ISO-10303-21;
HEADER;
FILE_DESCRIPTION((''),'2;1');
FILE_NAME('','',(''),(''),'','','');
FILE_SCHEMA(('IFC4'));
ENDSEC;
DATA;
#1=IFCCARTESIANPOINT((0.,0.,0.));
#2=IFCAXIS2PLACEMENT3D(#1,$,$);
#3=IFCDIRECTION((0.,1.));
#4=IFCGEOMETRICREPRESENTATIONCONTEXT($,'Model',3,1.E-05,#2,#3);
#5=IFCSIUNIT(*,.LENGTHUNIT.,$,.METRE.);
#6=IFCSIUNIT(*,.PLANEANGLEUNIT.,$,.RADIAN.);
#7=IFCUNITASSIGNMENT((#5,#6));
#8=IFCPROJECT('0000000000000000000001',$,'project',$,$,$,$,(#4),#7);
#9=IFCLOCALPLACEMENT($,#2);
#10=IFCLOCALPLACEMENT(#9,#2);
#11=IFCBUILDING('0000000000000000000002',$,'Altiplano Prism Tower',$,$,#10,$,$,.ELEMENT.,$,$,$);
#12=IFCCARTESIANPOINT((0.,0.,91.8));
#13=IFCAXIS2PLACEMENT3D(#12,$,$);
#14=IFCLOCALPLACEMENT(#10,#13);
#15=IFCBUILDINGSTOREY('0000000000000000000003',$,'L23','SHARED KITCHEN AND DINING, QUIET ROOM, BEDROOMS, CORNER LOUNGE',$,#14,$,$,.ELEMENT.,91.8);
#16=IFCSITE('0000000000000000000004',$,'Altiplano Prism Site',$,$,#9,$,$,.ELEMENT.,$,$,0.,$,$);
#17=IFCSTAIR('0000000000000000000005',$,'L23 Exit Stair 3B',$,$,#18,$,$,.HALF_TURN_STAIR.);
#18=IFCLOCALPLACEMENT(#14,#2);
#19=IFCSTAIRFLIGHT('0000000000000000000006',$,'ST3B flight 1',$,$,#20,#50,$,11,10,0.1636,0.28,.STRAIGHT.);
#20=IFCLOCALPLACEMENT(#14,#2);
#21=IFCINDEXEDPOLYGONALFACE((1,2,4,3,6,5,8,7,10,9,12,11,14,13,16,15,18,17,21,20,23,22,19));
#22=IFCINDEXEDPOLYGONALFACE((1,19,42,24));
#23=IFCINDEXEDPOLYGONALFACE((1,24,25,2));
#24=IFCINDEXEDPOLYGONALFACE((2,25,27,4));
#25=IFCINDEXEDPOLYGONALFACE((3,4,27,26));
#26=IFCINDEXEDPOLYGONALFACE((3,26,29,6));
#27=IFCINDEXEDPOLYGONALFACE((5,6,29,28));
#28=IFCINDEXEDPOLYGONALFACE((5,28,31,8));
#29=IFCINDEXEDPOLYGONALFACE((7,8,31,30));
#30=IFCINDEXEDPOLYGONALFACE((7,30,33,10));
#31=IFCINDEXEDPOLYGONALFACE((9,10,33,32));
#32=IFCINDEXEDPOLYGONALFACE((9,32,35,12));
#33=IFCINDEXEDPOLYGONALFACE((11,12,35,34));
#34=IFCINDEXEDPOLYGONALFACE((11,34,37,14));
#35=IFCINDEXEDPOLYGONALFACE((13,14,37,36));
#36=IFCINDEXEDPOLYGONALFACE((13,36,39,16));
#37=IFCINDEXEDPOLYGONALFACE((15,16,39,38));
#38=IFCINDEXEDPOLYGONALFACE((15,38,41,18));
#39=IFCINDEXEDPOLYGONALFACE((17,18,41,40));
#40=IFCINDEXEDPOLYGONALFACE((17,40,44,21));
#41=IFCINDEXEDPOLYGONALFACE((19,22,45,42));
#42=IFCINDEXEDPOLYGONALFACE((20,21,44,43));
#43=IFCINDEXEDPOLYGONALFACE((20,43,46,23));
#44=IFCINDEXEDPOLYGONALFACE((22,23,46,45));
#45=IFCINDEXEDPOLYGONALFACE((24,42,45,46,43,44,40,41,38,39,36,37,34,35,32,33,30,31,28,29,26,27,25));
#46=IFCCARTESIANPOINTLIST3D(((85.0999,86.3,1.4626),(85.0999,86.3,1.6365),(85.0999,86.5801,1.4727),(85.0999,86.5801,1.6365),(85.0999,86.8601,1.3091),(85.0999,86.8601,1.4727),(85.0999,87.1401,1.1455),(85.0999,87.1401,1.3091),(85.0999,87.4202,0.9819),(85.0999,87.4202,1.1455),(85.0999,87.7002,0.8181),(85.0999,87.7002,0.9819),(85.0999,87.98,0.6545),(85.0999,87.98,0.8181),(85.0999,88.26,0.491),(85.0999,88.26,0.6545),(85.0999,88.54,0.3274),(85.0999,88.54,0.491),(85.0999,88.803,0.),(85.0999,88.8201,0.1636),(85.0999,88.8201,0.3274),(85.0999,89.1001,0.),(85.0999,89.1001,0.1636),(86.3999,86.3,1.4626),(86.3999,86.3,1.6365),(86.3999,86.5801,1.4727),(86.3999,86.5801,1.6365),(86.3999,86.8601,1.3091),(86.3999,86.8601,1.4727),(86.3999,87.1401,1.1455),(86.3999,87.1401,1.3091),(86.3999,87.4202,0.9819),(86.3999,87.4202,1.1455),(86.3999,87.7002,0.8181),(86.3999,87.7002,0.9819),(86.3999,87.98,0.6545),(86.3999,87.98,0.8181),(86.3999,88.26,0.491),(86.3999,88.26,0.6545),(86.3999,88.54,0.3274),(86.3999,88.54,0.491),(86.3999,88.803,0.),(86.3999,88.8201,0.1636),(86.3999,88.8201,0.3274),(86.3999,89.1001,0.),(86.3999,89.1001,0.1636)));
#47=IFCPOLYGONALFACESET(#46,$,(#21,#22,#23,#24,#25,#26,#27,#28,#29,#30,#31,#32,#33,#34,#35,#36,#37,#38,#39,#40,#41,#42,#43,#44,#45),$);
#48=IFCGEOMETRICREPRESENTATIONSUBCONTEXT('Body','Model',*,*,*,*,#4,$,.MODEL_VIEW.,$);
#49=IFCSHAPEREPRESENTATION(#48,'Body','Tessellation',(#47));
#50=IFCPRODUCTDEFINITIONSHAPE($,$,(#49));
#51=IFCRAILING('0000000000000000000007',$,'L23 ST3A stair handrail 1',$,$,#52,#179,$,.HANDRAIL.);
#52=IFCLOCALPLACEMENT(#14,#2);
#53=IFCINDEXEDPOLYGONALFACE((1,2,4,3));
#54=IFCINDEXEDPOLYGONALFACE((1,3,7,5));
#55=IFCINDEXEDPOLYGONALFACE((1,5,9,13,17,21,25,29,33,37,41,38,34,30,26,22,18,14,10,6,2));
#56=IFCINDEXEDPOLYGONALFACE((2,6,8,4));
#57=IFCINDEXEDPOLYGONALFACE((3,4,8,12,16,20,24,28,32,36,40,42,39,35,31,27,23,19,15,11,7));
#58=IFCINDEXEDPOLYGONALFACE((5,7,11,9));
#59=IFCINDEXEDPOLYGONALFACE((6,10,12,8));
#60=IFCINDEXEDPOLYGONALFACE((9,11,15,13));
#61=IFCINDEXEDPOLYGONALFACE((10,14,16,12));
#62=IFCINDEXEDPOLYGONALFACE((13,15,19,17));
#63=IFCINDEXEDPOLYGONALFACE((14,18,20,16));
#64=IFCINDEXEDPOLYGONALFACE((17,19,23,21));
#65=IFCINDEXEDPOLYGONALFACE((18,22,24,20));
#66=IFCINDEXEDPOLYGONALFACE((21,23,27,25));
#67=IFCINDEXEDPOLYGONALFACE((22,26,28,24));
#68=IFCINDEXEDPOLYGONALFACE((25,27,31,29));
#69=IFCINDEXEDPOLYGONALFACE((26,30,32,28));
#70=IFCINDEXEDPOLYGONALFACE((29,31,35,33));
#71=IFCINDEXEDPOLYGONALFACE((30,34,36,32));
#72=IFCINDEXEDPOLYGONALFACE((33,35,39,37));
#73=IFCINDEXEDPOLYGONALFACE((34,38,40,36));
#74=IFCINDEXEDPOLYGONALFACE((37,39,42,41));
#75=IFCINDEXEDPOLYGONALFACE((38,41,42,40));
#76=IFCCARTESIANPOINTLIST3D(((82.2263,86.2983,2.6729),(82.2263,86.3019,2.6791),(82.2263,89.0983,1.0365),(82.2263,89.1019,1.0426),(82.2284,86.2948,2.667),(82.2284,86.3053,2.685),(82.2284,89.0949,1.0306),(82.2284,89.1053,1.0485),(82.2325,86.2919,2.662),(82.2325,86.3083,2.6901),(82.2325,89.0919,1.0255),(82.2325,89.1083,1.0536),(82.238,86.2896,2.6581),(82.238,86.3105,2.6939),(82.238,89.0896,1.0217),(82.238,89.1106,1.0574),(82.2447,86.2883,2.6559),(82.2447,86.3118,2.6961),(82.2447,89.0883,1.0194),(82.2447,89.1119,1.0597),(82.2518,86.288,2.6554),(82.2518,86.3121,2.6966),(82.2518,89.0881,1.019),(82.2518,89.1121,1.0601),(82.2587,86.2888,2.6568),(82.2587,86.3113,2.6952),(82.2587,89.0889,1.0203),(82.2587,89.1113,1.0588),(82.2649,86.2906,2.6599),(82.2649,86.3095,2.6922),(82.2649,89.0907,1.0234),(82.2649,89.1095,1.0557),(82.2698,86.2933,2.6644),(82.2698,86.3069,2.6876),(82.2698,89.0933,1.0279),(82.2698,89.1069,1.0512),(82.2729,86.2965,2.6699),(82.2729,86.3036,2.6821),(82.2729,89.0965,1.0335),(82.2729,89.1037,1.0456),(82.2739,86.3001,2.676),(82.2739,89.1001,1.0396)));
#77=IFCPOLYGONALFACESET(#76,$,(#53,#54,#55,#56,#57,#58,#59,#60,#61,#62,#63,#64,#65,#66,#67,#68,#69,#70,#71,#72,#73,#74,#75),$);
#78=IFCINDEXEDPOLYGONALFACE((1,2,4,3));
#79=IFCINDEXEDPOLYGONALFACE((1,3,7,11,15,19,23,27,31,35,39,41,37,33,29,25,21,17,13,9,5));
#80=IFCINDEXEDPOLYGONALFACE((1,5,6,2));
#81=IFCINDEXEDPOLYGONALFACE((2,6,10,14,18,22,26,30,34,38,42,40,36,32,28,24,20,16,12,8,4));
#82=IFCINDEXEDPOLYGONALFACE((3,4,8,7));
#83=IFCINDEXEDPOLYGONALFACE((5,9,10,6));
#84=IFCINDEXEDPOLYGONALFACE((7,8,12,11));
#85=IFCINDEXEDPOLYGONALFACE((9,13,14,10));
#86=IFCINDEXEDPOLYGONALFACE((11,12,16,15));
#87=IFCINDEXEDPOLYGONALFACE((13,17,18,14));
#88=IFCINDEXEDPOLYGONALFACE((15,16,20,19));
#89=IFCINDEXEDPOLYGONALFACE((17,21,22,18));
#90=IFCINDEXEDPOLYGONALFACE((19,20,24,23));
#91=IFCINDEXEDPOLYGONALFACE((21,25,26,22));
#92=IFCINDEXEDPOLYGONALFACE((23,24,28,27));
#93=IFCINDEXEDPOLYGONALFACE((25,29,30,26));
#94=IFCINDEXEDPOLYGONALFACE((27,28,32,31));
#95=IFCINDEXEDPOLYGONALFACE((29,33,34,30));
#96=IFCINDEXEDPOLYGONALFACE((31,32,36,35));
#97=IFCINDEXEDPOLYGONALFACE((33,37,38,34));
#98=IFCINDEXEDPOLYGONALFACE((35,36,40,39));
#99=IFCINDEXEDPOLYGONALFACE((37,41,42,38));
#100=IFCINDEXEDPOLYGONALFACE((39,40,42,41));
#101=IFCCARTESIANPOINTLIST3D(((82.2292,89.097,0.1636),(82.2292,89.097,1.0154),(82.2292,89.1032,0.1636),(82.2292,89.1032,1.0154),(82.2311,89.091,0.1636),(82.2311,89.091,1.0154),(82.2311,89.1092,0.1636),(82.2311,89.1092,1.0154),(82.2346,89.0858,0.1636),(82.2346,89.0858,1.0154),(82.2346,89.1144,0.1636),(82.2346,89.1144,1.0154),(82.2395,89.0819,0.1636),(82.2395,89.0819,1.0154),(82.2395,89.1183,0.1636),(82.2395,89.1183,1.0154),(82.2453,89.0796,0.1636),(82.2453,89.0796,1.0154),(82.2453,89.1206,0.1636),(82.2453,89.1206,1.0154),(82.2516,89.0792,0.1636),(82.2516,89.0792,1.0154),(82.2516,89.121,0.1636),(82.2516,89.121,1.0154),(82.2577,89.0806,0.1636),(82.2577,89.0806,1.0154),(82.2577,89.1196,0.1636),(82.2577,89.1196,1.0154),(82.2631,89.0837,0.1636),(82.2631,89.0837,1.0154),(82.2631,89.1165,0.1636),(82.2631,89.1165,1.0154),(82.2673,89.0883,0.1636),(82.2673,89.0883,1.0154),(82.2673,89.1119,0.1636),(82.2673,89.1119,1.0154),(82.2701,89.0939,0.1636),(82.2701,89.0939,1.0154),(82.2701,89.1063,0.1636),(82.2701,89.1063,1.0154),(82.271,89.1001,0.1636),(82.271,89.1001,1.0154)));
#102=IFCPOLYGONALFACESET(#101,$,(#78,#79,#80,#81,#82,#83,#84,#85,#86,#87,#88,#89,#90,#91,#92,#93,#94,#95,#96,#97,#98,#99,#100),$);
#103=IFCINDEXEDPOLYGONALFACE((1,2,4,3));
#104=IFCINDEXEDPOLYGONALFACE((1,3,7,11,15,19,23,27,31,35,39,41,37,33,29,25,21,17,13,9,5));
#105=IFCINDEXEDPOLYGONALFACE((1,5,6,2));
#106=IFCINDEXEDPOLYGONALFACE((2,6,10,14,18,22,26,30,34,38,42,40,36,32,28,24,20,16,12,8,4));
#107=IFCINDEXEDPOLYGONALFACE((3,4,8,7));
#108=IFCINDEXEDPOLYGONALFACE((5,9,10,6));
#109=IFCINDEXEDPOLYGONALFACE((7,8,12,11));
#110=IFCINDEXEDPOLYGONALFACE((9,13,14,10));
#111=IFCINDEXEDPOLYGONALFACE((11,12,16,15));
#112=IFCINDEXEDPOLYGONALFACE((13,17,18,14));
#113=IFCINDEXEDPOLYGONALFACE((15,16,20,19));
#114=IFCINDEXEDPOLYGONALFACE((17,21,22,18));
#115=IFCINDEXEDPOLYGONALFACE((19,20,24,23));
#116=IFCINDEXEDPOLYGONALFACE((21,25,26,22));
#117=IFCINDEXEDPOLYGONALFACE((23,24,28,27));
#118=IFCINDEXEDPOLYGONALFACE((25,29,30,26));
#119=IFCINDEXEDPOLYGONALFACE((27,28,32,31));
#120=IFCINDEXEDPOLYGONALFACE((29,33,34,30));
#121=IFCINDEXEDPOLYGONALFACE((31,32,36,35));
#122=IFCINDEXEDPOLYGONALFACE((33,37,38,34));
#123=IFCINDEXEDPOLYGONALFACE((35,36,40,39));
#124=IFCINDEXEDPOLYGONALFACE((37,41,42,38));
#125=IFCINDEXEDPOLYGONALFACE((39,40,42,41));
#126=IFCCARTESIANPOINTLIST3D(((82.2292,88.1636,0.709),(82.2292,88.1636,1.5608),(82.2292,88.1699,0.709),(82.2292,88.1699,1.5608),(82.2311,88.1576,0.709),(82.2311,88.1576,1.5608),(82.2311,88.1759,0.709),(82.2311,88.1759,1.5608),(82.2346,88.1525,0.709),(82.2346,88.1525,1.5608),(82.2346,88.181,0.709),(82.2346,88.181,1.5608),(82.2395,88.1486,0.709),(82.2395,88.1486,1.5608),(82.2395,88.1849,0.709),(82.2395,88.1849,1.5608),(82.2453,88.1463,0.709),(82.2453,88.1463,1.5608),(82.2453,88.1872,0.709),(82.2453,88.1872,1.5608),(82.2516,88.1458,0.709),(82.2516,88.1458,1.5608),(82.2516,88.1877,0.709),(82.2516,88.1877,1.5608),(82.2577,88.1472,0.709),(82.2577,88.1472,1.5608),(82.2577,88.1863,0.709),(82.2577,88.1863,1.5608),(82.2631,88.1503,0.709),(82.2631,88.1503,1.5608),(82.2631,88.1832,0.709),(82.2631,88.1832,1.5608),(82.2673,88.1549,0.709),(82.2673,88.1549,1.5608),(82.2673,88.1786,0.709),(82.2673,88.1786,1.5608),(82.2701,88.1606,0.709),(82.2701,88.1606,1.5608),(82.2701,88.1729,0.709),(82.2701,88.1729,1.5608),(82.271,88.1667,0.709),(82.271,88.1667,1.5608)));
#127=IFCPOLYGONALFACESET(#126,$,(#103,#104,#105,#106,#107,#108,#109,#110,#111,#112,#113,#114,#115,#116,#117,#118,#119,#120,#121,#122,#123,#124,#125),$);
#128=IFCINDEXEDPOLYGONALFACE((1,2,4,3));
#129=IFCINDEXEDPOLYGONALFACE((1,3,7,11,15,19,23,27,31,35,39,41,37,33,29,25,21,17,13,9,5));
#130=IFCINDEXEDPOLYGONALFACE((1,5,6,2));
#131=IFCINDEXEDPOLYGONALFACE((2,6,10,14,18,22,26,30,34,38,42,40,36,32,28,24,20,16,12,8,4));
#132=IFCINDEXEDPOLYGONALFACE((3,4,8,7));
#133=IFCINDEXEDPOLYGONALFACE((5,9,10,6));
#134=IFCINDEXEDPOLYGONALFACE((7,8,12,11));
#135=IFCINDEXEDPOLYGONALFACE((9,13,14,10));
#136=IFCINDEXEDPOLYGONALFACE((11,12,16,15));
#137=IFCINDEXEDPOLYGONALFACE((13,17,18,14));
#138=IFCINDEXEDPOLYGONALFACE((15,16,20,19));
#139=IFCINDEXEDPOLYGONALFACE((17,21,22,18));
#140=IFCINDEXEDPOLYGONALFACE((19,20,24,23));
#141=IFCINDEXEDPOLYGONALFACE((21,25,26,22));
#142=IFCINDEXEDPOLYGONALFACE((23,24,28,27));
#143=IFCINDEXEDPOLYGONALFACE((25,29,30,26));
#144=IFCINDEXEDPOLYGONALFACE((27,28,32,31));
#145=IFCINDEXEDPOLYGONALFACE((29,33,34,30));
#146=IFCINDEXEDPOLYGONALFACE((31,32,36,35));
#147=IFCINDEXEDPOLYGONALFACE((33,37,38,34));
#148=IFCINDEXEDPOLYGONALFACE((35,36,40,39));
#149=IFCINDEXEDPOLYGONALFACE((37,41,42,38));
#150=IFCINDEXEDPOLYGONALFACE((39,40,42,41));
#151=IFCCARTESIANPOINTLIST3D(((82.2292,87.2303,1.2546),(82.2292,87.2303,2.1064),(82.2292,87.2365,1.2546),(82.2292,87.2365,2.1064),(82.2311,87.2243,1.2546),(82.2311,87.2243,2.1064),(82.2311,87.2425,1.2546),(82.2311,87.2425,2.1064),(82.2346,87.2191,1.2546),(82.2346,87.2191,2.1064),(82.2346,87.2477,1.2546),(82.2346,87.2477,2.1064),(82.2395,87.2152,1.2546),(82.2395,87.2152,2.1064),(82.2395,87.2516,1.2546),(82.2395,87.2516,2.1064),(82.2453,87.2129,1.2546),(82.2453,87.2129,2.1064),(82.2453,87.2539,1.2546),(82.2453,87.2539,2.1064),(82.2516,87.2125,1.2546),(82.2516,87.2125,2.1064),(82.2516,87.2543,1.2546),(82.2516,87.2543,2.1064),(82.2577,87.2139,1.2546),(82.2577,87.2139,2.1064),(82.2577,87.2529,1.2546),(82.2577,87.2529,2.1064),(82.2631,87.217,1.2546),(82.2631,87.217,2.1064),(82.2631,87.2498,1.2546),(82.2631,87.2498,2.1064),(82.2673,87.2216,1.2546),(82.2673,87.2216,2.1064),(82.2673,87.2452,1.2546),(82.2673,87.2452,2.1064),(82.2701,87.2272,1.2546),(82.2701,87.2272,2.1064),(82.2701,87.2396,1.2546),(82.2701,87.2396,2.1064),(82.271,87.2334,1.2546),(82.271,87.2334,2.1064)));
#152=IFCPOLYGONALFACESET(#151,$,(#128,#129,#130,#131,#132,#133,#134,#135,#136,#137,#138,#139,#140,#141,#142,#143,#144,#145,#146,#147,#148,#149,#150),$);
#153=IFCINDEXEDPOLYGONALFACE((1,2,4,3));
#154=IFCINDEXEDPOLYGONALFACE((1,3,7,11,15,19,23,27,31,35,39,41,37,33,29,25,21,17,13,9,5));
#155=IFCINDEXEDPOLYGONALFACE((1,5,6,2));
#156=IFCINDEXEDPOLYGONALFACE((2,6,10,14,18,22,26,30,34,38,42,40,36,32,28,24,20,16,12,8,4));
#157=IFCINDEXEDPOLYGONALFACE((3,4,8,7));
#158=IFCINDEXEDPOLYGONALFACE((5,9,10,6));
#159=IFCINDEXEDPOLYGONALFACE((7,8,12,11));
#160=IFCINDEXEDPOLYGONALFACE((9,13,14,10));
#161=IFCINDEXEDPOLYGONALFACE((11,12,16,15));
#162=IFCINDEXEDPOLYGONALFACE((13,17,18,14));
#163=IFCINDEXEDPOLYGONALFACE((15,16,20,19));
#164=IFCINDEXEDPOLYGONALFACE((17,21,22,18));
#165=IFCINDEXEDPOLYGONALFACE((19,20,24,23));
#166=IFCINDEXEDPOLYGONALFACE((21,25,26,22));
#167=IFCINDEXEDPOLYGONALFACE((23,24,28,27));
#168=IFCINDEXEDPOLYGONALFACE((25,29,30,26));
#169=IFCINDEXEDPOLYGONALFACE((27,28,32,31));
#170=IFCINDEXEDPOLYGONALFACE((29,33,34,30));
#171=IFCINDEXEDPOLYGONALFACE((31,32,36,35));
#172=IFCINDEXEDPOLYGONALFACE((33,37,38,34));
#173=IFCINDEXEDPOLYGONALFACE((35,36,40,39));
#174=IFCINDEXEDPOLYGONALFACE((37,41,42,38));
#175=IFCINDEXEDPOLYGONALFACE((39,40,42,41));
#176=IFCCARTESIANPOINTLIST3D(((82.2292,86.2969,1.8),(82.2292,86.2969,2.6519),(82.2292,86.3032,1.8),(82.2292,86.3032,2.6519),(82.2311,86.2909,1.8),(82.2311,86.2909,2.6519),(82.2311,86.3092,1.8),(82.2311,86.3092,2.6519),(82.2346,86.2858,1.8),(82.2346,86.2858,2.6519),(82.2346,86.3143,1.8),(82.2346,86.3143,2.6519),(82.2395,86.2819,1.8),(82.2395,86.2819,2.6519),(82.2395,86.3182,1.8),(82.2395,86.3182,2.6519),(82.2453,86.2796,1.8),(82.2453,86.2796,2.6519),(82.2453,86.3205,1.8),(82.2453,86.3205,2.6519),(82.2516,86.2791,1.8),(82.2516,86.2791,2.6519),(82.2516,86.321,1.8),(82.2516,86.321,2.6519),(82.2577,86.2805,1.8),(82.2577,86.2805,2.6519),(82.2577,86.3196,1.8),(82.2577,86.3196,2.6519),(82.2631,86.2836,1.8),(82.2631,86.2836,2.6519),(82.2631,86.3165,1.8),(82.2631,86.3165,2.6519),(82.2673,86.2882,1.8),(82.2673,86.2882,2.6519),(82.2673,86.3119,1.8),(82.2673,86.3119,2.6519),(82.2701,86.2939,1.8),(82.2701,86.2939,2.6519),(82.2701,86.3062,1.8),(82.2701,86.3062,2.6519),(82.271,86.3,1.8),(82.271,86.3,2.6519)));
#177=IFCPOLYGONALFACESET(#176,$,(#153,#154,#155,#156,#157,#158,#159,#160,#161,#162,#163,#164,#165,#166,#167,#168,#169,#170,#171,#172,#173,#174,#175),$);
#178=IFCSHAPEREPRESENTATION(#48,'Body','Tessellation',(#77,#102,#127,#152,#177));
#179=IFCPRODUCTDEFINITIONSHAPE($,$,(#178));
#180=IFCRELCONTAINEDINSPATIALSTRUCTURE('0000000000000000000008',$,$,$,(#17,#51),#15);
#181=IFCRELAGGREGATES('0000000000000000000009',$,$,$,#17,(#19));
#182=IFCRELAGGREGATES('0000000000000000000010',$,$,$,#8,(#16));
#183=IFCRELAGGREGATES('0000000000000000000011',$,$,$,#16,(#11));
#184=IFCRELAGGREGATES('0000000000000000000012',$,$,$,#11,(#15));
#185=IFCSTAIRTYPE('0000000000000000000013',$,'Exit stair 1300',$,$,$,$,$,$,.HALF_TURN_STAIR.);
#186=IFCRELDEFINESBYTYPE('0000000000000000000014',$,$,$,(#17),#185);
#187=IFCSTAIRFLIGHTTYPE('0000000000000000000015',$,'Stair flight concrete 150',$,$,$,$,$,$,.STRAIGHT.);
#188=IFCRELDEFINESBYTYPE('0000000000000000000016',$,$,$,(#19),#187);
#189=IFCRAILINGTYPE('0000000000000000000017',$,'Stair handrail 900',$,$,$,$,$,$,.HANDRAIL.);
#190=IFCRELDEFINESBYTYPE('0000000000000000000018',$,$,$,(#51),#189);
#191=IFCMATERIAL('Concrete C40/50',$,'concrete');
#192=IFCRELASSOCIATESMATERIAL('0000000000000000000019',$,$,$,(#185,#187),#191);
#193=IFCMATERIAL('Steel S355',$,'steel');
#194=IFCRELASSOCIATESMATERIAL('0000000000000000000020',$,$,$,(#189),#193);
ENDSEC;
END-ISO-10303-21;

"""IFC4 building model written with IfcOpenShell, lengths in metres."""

from ifc_helpers import new_model, si_unit, direction, frame, origin, origin_2d, place, context, subcontext, project, spatial, polyline, circle, outline, extrude, material, type_object, element, aggregate, save


model = new_model("IFC4")

# Units and contexts
model_context = context("Model", 3, precision=1e-05, world=origin(), true_north=direction((0.0, 1.0)))
body_context = subcontext(model_context, "Body", "Model", "MODEL_VIEW")
ifc_project = project(units=[si_unit("LENGTHUNIT", "METRE"), si_unit("PLANEANGLEUNIT", "RADIAN")], contexts=[model_context])

# Site, building, storey
site_placement = place(None, origin())
site = spatial("IfcSite", under=ifc_project, at=site_placement, Name="Altiplano Prism Site", CompositionType="ELEMENT", RefElevation=0.0)
building_placement = place(site_placement, origin())
building = spatial("IfcBuilding", under=site, at=building_placement, Name="Altiplano Prism Tower", CompositionType="ELEMENT")
storey_placement = place(building_placement, frame((0.0, 0.0, 91.8)))
storey = spatial("IfcBuildingStorey", under=building, at=storey_placement, Name="L23", Description="SHARED KITCHEN AND DINING, QUIET ROOM, BEDROOMS, CORNER LOUNGE", CompositionType="ELEMENT", Elevation=91.8)

# Stair, stair flight
ifc_material_1 = material(Name="Concrete C40/50", Category="concrete")
stair_type = type_object("IfcStairType", Name="Exit stair 1300", PredefinedType="HALF_TURN_STAIR", material=ifc_material_1)
stair_flight_type = type_object("IfcStairFlightType", Name="Stair flight concrete 150", PredefinedType="STRAIGHT", material=ifc_material_1)
stair_1_placement = place(storey_placement, origin())
stair_1 = element("IfcStair", 1, at=stair_1_placement, inside=storey, type_object=stair_type, Name="L23 Exit Stair 3B", PredefinedType="HALF_TURN_STAIR")
stair_flight_1_placement = place(storey_placement, frame((85.75, 89.1001, 0.0), z_axis=(0.0, 0.0, 1.0), x_axis=(0.0, -1.0, 0.0)))
stair_flight_1 = element("IfcStairFlight", 2, at=stair_flight_1_placement, type_object=stair_flight_type, Name="ST3B flight 1", NumberOfRisers=11, NumberOfTreads=10, PredefinedType="STRAIGHT", RiserHeight=0.1636, TreadLength=0.28, context=body_context, shape_type="SweptSolid", body=[
    extrude(outline(polyline([(0.0, 0.0), (0.0, 0.1636), (0.28, 0.1636), (0.28, 0.3274), (0.5601, 0.3274), (0.5601, 0.491), (0.8401, 0.491), (0.8401, 0.6545), (1.1201, 0.6545), (1.1201, 0.8181), (1.3999, 0.8181), (1.3999, 0.9819), (1.6799, 0.9819), (1.6799, 1.1455), (1.96, 1.1455), (1.96, 1.3091), (2.24, 1.3091), (2.24, 1.4727), (2.52, 1.4727), (2.52, 1.6365), (2.8, 1.6365), (2.8, 1.8), (2.8, 1.4626), (0.2971, 0.0), (0.0, 0.0)])), frame((0.0, 0.6499, 0.0), z_axis=(0.0, -1.0, 0.0), x_axis=(1.0, 0.0, 0.0)), (0.0, 0.0, 1.0), 1.3),
])
aggregate(stair_1, [stair_flight_1])

# Railing
ifc_material_2 = material(Name="Steel S355", Category="steel")
railing_type_1 = type_object("IfcRailingType", Name="Stair handrail 900", PredefinedType="HANDRAIL", material=ifc_material_2)
for number, where, name in (
    (3, (82.25, 89.1001, 0.1636), "L23 ST3A stair handrail 1"),
):
    element("IfcRailing", number, at=place(storey_placement, frame(where)), inside=storey, type_object=railing_type_1, Name=name, PredefinedType="HANDRAIL", context=body_context, shape_type="SweptSolid", body=[
        extrude(circle(Radius=0.0239, at=origin_2d()), frame((0.0, 0.0, 0.876), z_axis=(0.0, -0.863361, 0.504587), x_axis=(1.0, 0.0, 0.0)), (0.0, 0.0, 1.0), 3.2432),
        extrude(circle(Radius=0.021, at=origin_2d()), origin(), (0.0, 0.0, 1.0), 0.8518),
        extrude(circle(Radius=0.021, at=origin_2d()), frame((0.0, -0.9333, 0.5454)), (0.0, 0.0, 1.0), 0.8518),
        extrude(circle(Radius=0.021, at=origin_2d()), frame((0.0, -1.8667, 1.0911)), (0.0, 0.0, 1.0), 0.8518),
        extrude(circle(Radius=0.021, at=origin_2d()), frame((0.0, -2.8, 1.6365)), (0.0, 0.0, 1.0), 0.8518),
    ])

save(model, "model.ifc")
